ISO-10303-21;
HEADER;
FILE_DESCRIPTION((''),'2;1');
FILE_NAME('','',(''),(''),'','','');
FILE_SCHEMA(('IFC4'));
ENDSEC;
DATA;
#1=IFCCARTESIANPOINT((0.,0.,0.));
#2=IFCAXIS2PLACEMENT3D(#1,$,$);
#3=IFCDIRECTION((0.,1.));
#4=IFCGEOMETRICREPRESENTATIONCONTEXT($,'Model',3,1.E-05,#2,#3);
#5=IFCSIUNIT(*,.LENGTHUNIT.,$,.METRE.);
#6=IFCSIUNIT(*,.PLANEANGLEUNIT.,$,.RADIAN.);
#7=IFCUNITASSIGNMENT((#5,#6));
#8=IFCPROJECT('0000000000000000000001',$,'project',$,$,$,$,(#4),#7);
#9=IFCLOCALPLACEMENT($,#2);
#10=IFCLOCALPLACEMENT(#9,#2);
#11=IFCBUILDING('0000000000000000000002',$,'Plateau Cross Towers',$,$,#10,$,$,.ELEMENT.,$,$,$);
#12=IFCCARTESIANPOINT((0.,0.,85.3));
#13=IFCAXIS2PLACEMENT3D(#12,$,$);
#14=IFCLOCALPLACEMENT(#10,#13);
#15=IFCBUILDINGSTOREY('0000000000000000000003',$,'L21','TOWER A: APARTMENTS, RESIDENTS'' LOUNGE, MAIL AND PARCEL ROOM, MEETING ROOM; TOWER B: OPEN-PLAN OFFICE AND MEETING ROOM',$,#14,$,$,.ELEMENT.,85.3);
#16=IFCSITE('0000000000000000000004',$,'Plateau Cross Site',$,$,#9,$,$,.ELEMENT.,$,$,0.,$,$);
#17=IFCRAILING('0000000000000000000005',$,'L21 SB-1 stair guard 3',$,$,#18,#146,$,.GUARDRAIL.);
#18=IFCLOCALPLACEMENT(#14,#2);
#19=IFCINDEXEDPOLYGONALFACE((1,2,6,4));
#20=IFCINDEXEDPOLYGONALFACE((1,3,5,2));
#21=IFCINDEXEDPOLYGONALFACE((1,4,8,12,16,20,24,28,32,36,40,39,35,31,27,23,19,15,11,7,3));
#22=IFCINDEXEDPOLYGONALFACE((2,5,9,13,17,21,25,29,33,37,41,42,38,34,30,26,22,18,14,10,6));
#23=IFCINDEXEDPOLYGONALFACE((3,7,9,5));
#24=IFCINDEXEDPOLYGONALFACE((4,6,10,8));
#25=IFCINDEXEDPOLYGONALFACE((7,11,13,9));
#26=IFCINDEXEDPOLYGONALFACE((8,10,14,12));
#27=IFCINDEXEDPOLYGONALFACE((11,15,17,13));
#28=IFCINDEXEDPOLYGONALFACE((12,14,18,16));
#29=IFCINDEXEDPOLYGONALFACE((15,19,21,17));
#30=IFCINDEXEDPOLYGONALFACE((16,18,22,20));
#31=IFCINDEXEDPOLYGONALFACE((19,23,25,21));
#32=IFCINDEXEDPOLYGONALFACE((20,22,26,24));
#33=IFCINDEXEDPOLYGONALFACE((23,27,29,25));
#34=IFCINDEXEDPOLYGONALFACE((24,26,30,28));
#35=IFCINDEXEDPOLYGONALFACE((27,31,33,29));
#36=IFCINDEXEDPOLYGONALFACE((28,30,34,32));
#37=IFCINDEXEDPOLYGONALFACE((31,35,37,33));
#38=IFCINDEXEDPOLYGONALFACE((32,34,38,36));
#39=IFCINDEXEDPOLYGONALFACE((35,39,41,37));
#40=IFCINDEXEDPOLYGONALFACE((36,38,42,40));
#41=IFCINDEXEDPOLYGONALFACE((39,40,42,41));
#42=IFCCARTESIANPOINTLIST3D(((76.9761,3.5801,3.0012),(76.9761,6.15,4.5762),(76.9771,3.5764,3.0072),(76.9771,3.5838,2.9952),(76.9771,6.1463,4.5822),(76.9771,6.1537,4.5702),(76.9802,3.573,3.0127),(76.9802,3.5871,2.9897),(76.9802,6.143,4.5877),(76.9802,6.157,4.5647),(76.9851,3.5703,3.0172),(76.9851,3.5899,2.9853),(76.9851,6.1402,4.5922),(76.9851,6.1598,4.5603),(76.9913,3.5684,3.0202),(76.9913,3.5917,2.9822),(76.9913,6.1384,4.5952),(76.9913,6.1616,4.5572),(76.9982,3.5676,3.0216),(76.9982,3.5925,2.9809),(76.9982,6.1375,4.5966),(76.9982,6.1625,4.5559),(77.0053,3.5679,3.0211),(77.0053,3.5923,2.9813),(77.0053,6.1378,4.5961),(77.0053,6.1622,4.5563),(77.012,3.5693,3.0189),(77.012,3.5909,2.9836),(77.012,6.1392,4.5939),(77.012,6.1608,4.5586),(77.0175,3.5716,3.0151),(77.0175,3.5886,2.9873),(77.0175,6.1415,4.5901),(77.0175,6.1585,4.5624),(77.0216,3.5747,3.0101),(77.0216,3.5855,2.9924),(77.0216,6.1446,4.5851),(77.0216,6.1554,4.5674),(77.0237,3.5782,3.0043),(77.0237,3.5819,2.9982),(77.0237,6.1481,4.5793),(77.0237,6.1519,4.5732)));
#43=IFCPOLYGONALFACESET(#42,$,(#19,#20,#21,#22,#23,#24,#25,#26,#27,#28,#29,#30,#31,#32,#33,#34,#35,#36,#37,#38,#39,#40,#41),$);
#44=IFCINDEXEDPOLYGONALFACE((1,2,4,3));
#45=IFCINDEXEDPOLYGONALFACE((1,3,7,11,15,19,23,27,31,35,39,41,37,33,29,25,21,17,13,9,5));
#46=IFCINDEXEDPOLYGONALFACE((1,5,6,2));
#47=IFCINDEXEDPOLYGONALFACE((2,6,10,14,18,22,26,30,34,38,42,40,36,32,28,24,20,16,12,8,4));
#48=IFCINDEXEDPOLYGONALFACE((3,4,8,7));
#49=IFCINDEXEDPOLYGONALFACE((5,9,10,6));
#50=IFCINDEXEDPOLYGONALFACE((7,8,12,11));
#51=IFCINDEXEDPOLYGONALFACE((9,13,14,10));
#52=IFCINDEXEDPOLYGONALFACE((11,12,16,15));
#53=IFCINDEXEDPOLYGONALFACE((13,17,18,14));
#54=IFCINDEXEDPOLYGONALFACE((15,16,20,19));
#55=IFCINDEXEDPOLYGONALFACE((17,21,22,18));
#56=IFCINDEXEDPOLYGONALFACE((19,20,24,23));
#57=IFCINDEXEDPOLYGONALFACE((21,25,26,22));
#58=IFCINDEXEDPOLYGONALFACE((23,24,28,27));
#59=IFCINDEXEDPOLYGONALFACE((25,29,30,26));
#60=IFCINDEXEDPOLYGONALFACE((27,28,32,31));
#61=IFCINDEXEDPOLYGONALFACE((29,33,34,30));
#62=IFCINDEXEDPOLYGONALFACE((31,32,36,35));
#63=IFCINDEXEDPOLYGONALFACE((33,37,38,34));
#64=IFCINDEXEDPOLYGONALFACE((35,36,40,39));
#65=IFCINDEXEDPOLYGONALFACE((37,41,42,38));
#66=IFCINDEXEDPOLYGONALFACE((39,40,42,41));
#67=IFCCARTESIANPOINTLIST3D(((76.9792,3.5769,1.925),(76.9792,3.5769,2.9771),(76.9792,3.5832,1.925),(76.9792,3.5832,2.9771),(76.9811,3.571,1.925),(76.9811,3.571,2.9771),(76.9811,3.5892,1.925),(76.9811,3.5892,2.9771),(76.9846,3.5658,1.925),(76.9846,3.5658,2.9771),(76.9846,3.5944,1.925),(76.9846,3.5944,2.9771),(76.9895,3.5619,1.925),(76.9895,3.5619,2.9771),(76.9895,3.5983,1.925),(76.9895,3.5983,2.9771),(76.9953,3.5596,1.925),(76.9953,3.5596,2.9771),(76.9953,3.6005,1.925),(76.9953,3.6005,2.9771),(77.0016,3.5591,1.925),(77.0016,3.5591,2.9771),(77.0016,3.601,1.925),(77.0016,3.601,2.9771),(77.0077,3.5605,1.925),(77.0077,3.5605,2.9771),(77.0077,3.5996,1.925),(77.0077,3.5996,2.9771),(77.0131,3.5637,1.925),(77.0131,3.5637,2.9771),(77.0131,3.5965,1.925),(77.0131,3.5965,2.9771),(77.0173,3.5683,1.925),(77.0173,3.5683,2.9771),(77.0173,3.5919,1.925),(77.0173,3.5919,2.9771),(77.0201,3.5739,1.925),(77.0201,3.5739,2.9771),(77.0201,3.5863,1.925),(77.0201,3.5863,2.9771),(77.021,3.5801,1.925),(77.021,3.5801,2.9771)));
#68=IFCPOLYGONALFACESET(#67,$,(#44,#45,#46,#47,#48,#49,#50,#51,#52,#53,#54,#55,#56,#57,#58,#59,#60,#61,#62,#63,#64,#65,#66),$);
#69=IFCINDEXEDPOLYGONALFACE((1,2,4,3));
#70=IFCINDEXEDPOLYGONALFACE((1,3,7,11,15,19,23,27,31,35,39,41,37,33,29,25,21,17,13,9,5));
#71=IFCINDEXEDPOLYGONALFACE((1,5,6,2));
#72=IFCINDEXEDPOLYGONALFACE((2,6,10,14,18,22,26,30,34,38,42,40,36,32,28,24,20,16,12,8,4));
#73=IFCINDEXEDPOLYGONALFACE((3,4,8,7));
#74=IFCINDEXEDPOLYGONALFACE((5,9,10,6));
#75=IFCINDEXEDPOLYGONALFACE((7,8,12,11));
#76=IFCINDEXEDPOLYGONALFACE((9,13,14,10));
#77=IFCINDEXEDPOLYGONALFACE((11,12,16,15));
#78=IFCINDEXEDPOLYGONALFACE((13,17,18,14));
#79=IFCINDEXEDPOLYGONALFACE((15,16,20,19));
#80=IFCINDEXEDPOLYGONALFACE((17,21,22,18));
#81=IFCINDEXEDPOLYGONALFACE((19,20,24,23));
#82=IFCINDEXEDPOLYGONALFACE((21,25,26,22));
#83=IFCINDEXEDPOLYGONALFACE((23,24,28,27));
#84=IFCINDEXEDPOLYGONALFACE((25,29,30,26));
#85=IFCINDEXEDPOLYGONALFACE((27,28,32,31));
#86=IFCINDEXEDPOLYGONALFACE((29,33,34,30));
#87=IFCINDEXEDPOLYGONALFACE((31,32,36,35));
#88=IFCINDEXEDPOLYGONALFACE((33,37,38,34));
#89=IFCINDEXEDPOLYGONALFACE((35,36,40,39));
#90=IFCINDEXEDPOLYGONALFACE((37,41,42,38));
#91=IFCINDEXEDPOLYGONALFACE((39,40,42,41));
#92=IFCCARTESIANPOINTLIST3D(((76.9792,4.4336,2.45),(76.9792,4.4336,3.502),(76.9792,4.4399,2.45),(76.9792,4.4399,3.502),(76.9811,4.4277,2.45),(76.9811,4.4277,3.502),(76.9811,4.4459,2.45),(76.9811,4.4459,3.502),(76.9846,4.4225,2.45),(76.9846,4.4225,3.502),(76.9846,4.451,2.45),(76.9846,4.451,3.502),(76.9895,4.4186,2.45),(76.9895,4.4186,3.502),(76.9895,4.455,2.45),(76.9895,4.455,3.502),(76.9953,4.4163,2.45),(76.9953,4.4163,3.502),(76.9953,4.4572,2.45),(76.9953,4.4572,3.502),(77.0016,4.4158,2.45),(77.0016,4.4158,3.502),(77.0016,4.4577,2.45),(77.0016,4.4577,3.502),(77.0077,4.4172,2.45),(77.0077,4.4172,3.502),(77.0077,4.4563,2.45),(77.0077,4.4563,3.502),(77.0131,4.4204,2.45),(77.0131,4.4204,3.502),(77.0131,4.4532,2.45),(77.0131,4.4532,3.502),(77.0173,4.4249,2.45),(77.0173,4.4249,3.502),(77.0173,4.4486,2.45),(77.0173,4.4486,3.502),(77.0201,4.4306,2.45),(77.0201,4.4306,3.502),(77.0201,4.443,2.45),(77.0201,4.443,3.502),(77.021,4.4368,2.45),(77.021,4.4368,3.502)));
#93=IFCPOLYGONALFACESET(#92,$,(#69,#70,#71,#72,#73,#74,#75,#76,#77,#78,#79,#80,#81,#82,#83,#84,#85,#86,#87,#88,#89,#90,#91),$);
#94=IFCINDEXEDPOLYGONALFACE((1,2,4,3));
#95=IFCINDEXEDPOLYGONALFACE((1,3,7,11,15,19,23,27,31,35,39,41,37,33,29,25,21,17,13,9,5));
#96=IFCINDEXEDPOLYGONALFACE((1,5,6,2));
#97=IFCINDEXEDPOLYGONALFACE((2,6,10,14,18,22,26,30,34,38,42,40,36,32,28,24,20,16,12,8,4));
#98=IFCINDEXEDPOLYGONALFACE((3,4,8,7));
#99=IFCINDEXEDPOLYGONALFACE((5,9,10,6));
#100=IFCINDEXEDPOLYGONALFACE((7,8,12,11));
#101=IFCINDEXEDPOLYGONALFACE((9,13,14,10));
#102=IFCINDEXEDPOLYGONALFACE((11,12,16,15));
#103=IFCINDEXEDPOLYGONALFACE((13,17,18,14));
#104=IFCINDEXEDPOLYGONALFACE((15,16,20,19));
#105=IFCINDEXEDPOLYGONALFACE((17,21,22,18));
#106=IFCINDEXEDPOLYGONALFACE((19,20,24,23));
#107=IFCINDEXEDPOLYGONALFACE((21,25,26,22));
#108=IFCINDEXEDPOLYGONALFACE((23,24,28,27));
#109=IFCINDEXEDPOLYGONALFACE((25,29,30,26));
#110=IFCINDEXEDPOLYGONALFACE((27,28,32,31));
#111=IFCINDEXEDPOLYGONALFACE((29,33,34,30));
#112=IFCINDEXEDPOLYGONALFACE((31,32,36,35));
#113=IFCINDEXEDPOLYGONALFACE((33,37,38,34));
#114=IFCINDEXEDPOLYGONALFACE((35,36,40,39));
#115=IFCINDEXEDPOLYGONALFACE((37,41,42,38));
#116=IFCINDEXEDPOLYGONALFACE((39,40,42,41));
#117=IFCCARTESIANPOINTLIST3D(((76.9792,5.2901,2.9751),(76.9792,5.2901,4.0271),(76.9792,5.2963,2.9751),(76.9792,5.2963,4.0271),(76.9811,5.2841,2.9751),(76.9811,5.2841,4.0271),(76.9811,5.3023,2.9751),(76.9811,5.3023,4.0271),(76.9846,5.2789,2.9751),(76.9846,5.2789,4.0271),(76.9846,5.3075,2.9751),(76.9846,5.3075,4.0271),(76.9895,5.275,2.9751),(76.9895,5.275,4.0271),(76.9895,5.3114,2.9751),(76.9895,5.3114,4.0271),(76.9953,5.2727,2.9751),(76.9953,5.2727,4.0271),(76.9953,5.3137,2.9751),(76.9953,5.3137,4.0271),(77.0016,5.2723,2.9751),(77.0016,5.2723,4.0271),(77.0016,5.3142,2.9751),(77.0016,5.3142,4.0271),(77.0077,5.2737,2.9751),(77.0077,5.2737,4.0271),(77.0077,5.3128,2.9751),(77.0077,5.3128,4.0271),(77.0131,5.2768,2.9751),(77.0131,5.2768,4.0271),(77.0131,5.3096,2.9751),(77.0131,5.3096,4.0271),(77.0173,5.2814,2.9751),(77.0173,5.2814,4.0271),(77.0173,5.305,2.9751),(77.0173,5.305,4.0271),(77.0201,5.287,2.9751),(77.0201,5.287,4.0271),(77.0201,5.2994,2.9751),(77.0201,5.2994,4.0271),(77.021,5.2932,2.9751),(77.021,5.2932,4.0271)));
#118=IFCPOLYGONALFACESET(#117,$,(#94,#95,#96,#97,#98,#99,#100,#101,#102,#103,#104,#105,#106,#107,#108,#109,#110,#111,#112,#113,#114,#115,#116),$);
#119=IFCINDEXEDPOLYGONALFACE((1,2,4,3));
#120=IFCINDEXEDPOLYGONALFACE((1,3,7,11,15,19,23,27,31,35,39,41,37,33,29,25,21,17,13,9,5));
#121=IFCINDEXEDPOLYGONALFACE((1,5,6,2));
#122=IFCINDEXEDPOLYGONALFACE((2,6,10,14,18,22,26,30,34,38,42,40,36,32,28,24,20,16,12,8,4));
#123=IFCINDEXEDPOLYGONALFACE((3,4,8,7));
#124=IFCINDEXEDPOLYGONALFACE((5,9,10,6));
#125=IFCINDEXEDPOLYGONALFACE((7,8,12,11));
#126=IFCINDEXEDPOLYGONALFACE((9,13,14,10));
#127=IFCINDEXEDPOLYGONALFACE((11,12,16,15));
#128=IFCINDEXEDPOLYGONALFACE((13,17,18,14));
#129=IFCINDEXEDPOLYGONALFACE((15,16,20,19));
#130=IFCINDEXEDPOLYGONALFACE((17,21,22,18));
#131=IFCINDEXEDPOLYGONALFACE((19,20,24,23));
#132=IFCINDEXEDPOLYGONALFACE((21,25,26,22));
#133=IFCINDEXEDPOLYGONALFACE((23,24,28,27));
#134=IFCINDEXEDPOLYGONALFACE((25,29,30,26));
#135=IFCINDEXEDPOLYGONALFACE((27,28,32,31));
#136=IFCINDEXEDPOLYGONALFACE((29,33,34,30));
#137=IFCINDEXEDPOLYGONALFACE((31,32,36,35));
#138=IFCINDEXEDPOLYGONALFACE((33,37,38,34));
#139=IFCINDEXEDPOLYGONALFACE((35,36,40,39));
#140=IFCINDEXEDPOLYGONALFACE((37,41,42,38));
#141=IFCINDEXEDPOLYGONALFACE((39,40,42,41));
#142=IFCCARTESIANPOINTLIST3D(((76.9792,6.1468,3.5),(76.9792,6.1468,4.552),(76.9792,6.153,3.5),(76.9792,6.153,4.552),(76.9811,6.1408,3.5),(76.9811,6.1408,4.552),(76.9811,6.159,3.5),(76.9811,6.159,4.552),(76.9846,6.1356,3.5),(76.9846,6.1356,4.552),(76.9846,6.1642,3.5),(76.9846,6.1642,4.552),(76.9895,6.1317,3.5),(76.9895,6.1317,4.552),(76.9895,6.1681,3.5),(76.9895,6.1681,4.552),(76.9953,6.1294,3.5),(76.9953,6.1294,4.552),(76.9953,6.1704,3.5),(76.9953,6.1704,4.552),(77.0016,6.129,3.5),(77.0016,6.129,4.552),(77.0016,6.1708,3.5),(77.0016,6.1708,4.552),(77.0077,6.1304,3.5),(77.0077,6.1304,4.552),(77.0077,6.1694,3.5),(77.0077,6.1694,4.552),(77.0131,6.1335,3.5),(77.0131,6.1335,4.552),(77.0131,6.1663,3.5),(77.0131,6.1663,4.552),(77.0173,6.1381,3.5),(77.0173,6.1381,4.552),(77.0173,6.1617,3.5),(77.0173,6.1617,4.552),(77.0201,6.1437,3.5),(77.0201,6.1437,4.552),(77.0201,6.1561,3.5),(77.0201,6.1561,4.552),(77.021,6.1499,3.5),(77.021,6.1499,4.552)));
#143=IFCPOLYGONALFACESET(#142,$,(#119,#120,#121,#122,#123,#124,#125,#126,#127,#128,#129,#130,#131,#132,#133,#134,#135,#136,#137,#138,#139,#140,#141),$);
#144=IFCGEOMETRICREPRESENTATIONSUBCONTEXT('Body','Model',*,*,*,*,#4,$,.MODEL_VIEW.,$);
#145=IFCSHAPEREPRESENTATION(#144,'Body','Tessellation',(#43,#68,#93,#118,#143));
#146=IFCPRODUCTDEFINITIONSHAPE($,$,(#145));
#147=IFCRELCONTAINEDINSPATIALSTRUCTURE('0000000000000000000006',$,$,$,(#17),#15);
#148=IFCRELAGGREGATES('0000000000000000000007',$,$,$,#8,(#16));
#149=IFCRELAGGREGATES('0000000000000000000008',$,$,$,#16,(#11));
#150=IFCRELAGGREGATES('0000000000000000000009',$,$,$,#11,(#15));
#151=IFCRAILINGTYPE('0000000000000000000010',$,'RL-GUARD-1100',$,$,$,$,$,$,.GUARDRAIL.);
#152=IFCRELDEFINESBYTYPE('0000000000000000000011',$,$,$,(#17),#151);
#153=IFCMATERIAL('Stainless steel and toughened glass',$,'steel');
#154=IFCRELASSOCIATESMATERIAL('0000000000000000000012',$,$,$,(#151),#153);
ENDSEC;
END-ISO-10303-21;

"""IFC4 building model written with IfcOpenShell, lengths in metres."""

from ifc_helpers import new_model, si_unit, direction, frame, origin, origin_2d, place, context, subcontext, project, spatial, circle, extrude, material, type_object, element, save


model = new_model("IFC4")

# Units and contexts
model_context = context("Model", 3, precision=1e-05, world=origin(), true_north=direction((0.0, 1.0)))
body_context = subcontext(model_context, "Body", "Model", "MODEL_VIEW")
ifc_project = project(units=[si_unit("LENGTHUNIT", "METRE"), si_unit("PLANEANGLEUNIT", "RADIAN")], contexts=[model_context])

# Site, building, storey
site_placement = place(None, origin())
site = spatial("IfcSite", under=ifc_project, at=site_placement, Name="Plateau Cross Site", CompositionType="ELEMENT", RefElevation=0.0)
building_placement = place(site_placement, origin())
building = spatial("IfcBuilding", under=site, at=building_placement, Name="Plateau Cross Towers", CompositionType="ELEMENT")
storey_placement = place(building_placement, frame((0.0, 0.0, 85.3)))
storey = spatial("IfcBuildingStorey", under=building, at=storey_placement, Name="L21", Description="TOWER A: APARTMENTS, RESIDENTS' LOUNGE, MAIL AND PARCEL ROOM, MEETING ROOM; TOWER B: OPEN-PLAN OFFICE AND MEETING ROOM", CompositionType="ELEMENT", Elevation=85.3)

# Railing
ifc_material_1 = material(Name="Stainless steel and toughened glass", Category="steel")
railing_type_1 = type_object("IfcRailingType", Name="RL-GUARD-1100", PredefinedType="GUARDRAIL", material=ifc_material_1)
railing_1_placement = place(storey_placement, frame((77.0, 3.5801, 1.925)))
element("IfcRailing", 1, at=railing_1_placement, inside=storey, type_object=railing_type_1, Name="L21 SB-1 stair guard 3", PredefinedType="GUARDRAIL", context=body_context, shape_type="SweptSolid", body=[
    extrude(circle(Radius=0.0239, at=origin_2d()), frame((0.0, 0.0, 1.0762), z_axis=(0.0, 0.852616, 0.522537), x_axis=(-1.0, 0.0, 0.0)), (0.0, 0.0, 1.0), 3.0142),
    extrude(circle(Radius=0.021, at=origin_2d()), origin(), (0.0, 0.0, 1.0), 1.052),
    extrude(circle(Radius=0.021, at=origin_2d()), frame((0.0, 0.8567, 0.5249)), (0.0, 0.0, 1.0), 1.052),
    extrude(circle(Radius=0.021, at=origin_2d()), frame((0.0, 1.7131, 1.05)), (0.0, 0.0, 1.0), 1.052),
    extrude(circle(Radius=0.021, at=origin_2d()), frame((0.0, 2.5698, 1.575)), (0.0, 0.0, 1.0), 1.052),
])

save(model, "model.ifc")
